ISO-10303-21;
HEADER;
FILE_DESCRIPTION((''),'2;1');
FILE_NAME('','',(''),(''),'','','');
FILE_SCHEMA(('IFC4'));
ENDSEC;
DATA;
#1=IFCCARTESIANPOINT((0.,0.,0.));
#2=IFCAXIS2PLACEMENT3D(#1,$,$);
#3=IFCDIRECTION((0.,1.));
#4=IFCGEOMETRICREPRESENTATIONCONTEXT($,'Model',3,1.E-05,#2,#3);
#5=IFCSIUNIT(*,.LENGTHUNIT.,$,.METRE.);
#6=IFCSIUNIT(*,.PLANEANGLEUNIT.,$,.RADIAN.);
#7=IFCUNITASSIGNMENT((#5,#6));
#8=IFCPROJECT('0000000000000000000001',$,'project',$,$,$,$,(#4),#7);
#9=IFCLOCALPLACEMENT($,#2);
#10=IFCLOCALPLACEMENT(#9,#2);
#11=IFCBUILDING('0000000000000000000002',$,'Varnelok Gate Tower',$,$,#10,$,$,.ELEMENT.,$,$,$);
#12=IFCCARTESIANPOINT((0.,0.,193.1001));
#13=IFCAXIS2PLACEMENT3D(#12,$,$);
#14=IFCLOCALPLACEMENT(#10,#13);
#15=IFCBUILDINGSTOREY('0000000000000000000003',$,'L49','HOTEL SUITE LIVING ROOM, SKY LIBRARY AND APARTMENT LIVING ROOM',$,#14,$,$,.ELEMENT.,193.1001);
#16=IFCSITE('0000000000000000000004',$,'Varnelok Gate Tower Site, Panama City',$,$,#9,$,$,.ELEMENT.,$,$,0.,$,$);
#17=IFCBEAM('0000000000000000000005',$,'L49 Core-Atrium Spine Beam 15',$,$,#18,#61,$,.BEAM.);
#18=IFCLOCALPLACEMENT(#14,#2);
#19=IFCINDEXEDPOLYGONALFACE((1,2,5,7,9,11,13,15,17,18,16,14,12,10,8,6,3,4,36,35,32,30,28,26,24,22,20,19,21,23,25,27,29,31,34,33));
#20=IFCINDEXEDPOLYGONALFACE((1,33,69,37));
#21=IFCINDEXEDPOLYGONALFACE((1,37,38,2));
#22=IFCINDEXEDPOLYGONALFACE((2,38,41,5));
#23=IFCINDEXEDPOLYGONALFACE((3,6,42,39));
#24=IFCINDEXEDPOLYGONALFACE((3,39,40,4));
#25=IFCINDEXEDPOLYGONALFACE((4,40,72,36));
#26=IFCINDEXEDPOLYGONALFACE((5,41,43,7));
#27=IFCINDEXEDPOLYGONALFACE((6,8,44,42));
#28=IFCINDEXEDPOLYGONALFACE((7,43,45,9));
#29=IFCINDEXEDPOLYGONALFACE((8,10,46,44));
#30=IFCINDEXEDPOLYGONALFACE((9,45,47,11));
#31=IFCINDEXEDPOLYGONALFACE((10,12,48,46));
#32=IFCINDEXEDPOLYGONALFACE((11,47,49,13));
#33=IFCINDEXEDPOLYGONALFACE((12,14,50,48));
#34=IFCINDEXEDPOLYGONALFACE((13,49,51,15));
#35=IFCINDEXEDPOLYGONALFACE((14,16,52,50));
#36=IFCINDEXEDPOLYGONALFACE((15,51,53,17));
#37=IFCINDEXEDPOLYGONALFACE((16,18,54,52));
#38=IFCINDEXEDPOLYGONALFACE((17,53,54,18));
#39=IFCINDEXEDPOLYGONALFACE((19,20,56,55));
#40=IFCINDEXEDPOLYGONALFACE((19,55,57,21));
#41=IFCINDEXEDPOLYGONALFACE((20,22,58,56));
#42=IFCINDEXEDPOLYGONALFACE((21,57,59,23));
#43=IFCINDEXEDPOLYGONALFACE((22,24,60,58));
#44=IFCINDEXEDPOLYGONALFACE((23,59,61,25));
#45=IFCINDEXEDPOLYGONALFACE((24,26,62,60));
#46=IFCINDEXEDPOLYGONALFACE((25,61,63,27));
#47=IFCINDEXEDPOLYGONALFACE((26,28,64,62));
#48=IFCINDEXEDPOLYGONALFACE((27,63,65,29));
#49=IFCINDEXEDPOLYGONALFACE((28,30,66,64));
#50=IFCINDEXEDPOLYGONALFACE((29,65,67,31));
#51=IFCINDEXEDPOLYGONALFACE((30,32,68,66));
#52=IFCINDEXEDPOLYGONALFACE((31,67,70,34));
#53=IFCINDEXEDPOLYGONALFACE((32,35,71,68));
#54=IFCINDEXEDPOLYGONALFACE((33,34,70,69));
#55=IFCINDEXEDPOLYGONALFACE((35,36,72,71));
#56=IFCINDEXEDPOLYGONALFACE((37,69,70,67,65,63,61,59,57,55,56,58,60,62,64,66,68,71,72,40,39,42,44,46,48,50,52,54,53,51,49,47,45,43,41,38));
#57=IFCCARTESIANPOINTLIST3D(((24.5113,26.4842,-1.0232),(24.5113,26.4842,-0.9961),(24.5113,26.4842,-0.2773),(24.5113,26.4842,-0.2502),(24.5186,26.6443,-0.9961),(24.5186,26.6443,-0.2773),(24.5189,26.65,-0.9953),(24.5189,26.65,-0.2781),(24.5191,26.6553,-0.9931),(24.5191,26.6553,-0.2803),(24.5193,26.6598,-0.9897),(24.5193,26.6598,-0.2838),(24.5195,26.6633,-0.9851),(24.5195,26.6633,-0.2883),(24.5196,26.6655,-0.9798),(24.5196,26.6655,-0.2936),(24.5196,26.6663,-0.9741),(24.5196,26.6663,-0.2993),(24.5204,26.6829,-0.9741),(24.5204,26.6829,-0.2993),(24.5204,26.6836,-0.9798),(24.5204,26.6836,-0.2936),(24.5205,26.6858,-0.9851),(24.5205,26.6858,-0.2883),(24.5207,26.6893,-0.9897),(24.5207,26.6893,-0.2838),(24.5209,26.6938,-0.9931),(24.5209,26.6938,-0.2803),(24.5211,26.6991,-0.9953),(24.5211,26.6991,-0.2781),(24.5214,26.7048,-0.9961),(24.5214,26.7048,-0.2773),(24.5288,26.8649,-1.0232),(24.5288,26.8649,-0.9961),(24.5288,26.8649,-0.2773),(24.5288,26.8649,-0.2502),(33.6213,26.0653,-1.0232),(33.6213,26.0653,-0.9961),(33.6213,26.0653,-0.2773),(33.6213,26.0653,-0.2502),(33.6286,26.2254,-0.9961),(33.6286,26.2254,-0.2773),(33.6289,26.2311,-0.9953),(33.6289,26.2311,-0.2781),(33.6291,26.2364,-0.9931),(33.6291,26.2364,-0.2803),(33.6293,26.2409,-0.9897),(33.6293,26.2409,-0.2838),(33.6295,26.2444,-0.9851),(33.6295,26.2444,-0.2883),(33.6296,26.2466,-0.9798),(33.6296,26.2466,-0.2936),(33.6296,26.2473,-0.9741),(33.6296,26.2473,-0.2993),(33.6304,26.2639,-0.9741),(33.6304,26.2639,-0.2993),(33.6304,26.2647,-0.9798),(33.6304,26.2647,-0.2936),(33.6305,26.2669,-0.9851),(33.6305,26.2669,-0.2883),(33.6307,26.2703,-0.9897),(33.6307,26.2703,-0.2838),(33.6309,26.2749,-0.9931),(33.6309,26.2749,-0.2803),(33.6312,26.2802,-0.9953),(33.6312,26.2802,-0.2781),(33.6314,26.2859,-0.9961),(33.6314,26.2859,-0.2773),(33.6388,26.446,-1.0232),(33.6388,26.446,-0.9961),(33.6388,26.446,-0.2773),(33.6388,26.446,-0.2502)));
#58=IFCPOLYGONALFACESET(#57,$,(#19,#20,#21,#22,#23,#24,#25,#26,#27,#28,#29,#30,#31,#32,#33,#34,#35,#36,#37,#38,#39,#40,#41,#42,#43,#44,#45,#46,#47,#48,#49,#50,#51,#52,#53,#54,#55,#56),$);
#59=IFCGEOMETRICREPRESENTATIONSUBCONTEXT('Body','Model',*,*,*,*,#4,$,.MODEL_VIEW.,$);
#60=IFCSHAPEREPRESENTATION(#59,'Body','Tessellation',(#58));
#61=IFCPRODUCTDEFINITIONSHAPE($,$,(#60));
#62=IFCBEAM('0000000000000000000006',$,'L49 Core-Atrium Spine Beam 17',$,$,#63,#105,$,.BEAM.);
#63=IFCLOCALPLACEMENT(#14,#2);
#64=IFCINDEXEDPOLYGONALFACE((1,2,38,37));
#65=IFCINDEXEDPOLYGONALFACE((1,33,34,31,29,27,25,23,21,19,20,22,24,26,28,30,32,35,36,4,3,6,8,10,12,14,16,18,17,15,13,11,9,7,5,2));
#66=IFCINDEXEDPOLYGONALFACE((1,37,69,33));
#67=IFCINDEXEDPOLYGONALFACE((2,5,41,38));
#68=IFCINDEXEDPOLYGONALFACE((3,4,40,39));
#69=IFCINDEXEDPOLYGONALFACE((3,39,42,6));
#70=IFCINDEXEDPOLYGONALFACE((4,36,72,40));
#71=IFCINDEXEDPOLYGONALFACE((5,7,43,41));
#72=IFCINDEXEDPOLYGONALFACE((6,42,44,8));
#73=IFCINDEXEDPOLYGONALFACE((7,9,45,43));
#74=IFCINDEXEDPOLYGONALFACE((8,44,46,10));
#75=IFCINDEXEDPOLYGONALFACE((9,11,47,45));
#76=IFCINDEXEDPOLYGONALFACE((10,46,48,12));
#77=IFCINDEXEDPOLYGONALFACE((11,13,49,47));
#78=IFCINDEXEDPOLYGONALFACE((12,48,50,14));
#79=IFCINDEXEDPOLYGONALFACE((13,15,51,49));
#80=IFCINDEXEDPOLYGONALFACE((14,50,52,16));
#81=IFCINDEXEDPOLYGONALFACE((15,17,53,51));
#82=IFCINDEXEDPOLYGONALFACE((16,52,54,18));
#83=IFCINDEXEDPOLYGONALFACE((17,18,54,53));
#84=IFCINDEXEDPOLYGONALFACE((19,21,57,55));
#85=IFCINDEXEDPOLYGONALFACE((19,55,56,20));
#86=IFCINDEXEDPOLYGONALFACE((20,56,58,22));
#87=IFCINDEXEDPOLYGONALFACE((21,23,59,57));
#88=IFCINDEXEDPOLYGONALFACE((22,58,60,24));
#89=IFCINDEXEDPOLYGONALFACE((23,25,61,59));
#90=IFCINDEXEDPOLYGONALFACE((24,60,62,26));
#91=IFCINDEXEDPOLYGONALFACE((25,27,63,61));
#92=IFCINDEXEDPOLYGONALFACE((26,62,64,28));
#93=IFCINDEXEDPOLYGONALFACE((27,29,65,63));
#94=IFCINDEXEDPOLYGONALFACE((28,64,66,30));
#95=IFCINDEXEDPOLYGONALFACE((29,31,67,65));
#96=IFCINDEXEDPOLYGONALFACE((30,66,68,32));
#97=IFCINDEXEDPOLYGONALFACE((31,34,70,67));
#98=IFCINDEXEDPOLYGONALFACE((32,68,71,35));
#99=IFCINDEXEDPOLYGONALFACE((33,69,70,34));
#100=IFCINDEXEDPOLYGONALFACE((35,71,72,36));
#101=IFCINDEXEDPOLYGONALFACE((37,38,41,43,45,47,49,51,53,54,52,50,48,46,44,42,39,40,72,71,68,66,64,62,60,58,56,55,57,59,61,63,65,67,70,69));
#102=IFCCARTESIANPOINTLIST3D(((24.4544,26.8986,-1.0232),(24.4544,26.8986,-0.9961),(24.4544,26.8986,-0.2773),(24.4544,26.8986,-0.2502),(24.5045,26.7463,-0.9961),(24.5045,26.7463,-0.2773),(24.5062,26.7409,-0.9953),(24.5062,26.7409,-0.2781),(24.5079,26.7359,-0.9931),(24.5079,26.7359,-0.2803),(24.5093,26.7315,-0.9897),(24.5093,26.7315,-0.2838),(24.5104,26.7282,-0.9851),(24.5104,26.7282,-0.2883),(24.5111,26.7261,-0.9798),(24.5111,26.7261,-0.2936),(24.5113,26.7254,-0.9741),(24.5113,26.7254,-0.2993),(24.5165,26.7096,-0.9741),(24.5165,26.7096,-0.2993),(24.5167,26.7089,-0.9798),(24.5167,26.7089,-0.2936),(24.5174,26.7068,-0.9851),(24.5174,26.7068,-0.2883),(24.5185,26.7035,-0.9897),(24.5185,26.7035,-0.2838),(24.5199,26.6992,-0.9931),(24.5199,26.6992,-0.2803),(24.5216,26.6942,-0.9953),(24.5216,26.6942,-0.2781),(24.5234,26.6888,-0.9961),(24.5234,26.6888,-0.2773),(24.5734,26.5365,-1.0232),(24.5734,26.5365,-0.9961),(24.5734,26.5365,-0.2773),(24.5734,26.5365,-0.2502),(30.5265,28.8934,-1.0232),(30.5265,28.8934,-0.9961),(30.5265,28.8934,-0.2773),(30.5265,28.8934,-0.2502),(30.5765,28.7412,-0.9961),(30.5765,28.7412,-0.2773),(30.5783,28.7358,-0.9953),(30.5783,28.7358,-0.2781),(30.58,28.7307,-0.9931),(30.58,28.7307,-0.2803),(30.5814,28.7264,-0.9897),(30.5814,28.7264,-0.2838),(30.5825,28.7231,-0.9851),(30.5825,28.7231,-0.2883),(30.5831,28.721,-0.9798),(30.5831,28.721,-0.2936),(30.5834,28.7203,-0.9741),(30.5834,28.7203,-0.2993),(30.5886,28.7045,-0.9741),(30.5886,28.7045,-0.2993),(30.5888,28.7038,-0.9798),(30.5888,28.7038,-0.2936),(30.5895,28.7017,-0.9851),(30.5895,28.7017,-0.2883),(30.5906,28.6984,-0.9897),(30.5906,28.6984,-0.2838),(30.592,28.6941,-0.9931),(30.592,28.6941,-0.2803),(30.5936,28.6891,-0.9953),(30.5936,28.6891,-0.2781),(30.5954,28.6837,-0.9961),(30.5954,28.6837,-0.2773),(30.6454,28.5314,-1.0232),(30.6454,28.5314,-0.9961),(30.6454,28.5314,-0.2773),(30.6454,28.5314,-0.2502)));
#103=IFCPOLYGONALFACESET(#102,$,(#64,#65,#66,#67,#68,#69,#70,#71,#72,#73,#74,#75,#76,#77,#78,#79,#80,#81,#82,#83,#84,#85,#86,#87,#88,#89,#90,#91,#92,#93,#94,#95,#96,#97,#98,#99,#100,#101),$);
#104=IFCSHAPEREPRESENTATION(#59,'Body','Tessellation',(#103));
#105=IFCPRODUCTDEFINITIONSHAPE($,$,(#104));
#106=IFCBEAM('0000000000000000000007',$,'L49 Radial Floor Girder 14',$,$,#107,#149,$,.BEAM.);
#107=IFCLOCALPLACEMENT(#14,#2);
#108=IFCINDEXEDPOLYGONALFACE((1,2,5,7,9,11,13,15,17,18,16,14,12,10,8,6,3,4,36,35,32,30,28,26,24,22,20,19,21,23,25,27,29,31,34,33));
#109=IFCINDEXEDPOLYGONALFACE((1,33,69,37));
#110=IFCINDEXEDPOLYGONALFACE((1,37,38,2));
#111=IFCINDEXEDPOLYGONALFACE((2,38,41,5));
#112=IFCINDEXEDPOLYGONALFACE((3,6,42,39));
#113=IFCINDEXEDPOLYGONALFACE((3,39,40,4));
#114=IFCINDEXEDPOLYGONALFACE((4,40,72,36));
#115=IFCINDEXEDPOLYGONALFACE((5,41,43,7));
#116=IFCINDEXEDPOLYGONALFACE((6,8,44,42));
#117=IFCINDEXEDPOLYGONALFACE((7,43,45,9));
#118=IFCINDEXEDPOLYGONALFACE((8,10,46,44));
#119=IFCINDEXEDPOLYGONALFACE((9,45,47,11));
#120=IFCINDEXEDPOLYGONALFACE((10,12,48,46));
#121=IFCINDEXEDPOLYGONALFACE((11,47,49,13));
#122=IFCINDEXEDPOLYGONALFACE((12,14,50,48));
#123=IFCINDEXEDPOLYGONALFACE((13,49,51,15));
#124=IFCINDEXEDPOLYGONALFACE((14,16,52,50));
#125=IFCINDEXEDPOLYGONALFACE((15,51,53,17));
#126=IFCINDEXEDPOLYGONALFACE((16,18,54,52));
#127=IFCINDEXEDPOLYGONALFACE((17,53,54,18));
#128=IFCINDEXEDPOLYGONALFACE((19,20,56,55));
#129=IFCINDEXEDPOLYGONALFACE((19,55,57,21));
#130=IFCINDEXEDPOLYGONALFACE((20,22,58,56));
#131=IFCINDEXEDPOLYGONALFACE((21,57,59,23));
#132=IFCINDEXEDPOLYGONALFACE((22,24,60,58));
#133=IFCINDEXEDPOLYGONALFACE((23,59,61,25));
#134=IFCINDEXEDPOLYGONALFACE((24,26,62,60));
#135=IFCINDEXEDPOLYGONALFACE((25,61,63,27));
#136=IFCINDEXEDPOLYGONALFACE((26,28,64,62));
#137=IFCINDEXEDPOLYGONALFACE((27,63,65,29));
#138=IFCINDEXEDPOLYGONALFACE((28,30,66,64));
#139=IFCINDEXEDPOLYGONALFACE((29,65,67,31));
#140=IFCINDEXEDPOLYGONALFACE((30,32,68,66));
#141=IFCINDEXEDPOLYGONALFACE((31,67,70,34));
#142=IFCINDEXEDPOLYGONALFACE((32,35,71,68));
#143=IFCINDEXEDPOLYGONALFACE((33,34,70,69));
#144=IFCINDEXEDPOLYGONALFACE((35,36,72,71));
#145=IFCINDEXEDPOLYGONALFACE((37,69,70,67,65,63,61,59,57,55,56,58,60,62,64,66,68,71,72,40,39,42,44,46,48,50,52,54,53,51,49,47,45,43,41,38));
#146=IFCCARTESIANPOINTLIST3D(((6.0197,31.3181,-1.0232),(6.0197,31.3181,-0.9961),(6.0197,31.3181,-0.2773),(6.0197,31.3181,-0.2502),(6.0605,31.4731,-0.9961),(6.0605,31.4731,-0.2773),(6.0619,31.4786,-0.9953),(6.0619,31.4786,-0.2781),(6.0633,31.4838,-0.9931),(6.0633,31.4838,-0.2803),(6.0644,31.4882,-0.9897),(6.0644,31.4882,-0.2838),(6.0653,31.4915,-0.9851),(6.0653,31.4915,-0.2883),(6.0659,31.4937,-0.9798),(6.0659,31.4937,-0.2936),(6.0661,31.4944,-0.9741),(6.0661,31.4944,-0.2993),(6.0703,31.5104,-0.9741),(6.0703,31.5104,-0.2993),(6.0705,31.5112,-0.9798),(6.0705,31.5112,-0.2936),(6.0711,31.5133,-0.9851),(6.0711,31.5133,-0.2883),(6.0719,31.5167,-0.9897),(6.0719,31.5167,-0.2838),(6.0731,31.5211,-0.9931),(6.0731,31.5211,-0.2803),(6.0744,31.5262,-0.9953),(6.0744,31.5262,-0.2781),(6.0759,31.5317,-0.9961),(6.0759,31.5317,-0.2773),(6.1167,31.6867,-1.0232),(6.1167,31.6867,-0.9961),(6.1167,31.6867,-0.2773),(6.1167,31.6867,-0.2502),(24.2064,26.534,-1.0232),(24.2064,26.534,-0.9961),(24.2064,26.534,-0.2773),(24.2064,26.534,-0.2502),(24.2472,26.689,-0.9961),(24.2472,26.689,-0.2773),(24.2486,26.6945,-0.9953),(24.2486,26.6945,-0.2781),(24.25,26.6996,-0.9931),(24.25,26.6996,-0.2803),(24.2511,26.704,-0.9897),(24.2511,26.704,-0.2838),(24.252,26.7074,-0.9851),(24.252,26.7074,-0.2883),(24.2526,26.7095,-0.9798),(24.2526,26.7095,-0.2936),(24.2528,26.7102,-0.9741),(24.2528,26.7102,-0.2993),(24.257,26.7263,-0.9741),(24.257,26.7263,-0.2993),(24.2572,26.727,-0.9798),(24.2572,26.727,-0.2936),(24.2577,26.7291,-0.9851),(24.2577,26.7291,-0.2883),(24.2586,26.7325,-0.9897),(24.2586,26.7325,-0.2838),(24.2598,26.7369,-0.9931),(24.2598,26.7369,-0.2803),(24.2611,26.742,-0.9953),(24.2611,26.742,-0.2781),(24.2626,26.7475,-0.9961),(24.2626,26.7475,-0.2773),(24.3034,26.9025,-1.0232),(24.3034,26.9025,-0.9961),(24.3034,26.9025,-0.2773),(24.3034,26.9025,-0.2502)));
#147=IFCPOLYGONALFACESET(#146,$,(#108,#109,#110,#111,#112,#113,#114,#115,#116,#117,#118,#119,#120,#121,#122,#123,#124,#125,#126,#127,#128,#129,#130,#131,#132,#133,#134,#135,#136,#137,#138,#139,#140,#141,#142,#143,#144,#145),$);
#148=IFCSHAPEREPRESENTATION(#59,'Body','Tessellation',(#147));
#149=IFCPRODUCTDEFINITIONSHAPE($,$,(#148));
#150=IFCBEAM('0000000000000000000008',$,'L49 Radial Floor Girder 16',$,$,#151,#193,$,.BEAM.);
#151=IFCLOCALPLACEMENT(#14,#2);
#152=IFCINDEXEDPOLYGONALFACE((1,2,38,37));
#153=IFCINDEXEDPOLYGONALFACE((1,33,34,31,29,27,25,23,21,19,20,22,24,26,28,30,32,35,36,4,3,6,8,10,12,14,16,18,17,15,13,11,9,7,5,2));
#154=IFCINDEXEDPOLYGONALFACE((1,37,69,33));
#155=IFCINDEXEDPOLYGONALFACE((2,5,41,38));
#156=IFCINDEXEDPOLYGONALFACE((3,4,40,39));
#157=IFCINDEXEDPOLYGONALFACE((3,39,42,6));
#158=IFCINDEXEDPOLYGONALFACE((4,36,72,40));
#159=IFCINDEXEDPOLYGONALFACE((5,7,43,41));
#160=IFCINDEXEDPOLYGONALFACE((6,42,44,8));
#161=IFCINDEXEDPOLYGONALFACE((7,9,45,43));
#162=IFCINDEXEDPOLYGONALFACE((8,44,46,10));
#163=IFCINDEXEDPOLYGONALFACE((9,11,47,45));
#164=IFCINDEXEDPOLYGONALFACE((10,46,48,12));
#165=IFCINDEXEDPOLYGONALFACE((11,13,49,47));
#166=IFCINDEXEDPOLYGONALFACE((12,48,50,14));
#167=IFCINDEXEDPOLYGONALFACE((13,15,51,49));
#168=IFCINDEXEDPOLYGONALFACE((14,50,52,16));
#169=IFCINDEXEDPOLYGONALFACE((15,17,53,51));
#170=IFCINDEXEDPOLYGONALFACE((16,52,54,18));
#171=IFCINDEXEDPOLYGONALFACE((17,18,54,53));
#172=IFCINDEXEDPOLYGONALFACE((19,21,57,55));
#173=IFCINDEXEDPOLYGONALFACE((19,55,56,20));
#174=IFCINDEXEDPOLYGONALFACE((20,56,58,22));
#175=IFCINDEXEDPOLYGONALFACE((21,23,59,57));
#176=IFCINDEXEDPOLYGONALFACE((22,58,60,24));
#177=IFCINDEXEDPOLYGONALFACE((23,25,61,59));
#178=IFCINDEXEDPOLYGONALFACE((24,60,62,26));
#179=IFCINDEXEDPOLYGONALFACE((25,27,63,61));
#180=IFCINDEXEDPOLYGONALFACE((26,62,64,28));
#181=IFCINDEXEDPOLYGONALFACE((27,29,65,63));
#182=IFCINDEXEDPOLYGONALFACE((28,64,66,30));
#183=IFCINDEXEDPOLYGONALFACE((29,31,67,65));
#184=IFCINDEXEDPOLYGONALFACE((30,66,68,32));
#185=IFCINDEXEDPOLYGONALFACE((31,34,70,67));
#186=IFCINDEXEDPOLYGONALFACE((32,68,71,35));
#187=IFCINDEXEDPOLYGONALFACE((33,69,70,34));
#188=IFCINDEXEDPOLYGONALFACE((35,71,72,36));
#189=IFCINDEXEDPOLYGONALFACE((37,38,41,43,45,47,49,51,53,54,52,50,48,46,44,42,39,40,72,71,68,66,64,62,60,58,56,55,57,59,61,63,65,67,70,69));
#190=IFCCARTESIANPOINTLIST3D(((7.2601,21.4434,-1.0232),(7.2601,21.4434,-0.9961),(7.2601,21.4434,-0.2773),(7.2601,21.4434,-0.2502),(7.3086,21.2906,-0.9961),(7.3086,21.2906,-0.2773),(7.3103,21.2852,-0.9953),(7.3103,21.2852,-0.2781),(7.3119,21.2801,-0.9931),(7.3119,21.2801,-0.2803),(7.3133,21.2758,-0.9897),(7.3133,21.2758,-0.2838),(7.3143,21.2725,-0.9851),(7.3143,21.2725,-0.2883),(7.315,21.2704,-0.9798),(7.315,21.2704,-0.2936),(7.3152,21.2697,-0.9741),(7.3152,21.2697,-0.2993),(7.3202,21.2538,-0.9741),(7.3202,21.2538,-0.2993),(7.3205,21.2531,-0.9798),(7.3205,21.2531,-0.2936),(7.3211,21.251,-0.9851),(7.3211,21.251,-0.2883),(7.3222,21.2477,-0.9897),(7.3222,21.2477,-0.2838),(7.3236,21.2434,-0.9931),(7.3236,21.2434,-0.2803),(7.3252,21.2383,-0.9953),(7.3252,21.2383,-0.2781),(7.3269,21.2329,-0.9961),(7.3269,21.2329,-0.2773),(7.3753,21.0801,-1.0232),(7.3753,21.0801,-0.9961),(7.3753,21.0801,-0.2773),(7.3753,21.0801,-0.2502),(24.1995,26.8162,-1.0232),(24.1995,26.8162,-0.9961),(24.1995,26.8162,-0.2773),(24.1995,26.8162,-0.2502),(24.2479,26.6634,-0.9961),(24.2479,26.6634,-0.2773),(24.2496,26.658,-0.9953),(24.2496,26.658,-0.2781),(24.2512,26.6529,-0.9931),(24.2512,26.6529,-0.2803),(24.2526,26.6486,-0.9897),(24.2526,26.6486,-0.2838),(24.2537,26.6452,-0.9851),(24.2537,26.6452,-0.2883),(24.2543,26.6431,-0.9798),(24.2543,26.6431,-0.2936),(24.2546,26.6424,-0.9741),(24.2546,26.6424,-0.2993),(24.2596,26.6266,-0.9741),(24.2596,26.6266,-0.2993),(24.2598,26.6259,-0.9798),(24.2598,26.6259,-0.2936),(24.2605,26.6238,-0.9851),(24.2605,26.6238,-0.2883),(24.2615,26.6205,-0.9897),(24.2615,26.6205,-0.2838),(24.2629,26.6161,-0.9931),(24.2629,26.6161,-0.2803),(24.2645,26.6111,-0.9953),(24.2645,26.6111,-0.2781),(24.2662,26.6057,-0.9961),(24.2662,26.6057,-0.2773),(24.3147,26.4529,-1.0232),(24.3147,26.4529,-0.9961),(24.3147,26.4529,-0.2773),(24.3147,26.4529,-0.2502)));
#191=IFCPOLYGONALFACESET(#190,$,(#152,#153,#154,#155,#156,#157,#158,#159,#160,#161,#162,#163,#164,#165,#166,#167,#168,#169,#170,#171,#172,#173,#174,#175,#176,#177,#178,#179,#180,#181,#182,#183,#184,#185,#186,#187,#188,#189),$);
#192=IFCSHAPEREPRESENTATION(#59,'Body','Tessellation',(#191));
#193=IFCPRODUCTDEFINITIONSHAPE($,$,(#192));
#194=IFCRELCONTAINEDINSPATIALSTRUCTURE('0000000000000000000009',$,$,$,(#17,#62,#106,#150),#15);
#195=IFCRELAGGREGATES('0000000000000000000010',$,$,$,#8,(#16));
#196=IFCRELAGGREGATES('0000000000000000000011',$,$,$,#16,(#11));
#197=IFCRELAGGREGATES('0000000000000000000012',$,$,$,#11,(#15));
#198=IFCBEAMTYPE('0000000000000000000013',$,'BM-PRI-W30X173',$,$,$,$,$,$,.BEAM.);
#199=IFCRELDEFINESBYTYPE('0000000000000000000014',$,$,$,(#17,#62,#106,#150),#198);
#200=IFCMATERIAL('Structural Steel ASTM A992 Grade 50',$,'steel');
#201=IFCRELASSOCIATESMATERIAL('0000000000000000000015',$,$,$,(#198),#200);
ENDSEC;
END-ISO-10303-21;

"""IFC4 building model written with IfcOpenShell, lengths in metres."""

from ifc_helpers import new_model, si_unit, direction, frame, origin, origin_2d, place, context, subcontext, project, spatial, i_section, extrude, material, material_profile, profile_set, type_object, element, save


model = new_model("IFC4")

# Units and contexts
model_context = context("Model", 3, precision=1e-05, world=origin(), true_north=direction((0.0, 1.0)))
body_context = subcontext(model_context, "Body", "Model", "MODEL_VIEW")
ifc_project = project(units=[si_unit("LENGTHUNIT", "METRE"), si_unit("PLANEANGLEUNIT", "RADIAN")], contexts=[model_context])

# Site, building, storey
site_placement = place(None, origin())
site = spatial("IfcSite", under=ifc_project, at=site_placement, Name="Varnelok Gate Tower Site, Panama City", CompositionType="ELEMENT", RefElevation=0.0)
building_placement = place(site_placement, origin())
building = spatial("IfcBuilding", under=site, at=building_placement, Name="Varnelok Gate Tower", CompositionType="ELEMENT")
storey_placement = place(building_placement, frame((0.0, 0.0, 193.1001)))
storey = spatial("IfcBuildingStorey", under=building, at=storey_placement, Name="L49", Description="HOTEL SUITE LIVING ROOM, SKY LIBRARY AND APARTMENT LIVING ROOM", CompositionType="ELEMENT", Elevation=193.1001)

# Shared definitions
ifc_material_1 = material(Name="Structural Steel ASTM A992 Grade 50", Category="steel")

# Beams
ifc_material_profile_1 = material_profile(ifc_material_1, i_section(OverallWidth=0.3811, OverallDepth=0.7729, WebThickness=0.0166, FlangeThickness=0.0271, FilletRadius=0.022, at=origin_2d()), Name="W30X173")
ifc_profile_set_1 = profile_set([ifc_material_profile_1], Name="Structural Steel ASTM A992 Grade 50")
beam_type_1 = type_object("IfcBeamType", Name="BM-PRI-W30X173", PredefinedType="BEAM", material=ifc_profile_set_1)
beam_1_placement = place(storey_placement, frame((24.52, 26.6746, -0.6367), z_axis=(0.998944, -0.045938, 0.0), x_axis=(0.045938, 0.998944, 0.0)))
element("IfcBeam", 1, at=beam_1_placement, inside=storey, type_object=beam_type_1, Name="L49 Core-Atrium Spine Beam 15", PredefinedType="BEAM", context=body_context, shape_type="SweptSolid", body=[
    extrude(i_section(OverallWidth=0.3811, OverallDepth=0.7729, WebThickness=0.0166, FlangeThickness=0.0271, FilletRadius=0.022, at=origin_2d()), origin(), (0.0, 0.0, 1.0), 9.1196),
])
beam_2_placement = place(storey_placement, frame((24.5139, 26.7175, -0.6367), z_axis=(0.950042, 0.312122, 0.0), x_axis=(-0.312122, 0.950042, 0.0)))
element("IfcBeam", 2, at=beam_2_placement, inside=storey, type_object=beam_type_1, Name="L49 Core-Atrium Spine Beam 17", PredefinedType="BEAM", context=body_context, shape_type="SweptSolid", body=[
    extrude(i_section(OverallWidth=0.3811, OverallDepth=0.7729, WebThickness=0.0166, FlangeThickness=0.0271, FilletRadius=0.022, at=origin_2d()), origin(), (0.0, 0.0, 1.0), 6.3914),
])
beam_3_placement = place(storey_placement, frame((24.2549, 26.7183, -0.6367), z_axis=(-0.967098, 0.254403, 0.0), x_axis=(-0.254403, -0.967098, 0.0)))
element("IfcBeam", 3, at=beam_3_placement, inside=storey, type_object=beam_type_1, Name="L49 Radial Floor Girder 14", PredefinedType="BEAM", context=body_context, shape_type="SweptSolid", body=[
    extrude(i_section(OverallWidth=0.3811, OverallDepth=0.7729, WebThickness=0.0166, FlangeThickness=0.0271, FilletRadius=0.022, at=origin_2d()), origin(), (0.0, 0.0, 1.0), 18.8054),
])
beam_4_placement = place(storey_placement, frame((24.2571, 26.6345, -0.6367), z_axis=(-0.953202, -0.302334, 0.0), x_axis=(0.302334, -0.953202, 0.0)))
element("IfcBeam", 4, at=beam_4_placement, inside=storey, type_object=beam_type_1, Name="L49 Radial Floor Girder 16", PredefinedType="BEAM", context=body_context, shape_type="SweptSolid", body=[
    extrude(i_section(OverallWidth=0.3811, OverallDepth=0.7729, WebThickness=0.0166, FlangeThickness=0.0271, FilletRadius=0.022, at=origin_2d()), origin(), (0.0, 0.0, 1.0), 17.771),
])

save(model, "model.ifc")
